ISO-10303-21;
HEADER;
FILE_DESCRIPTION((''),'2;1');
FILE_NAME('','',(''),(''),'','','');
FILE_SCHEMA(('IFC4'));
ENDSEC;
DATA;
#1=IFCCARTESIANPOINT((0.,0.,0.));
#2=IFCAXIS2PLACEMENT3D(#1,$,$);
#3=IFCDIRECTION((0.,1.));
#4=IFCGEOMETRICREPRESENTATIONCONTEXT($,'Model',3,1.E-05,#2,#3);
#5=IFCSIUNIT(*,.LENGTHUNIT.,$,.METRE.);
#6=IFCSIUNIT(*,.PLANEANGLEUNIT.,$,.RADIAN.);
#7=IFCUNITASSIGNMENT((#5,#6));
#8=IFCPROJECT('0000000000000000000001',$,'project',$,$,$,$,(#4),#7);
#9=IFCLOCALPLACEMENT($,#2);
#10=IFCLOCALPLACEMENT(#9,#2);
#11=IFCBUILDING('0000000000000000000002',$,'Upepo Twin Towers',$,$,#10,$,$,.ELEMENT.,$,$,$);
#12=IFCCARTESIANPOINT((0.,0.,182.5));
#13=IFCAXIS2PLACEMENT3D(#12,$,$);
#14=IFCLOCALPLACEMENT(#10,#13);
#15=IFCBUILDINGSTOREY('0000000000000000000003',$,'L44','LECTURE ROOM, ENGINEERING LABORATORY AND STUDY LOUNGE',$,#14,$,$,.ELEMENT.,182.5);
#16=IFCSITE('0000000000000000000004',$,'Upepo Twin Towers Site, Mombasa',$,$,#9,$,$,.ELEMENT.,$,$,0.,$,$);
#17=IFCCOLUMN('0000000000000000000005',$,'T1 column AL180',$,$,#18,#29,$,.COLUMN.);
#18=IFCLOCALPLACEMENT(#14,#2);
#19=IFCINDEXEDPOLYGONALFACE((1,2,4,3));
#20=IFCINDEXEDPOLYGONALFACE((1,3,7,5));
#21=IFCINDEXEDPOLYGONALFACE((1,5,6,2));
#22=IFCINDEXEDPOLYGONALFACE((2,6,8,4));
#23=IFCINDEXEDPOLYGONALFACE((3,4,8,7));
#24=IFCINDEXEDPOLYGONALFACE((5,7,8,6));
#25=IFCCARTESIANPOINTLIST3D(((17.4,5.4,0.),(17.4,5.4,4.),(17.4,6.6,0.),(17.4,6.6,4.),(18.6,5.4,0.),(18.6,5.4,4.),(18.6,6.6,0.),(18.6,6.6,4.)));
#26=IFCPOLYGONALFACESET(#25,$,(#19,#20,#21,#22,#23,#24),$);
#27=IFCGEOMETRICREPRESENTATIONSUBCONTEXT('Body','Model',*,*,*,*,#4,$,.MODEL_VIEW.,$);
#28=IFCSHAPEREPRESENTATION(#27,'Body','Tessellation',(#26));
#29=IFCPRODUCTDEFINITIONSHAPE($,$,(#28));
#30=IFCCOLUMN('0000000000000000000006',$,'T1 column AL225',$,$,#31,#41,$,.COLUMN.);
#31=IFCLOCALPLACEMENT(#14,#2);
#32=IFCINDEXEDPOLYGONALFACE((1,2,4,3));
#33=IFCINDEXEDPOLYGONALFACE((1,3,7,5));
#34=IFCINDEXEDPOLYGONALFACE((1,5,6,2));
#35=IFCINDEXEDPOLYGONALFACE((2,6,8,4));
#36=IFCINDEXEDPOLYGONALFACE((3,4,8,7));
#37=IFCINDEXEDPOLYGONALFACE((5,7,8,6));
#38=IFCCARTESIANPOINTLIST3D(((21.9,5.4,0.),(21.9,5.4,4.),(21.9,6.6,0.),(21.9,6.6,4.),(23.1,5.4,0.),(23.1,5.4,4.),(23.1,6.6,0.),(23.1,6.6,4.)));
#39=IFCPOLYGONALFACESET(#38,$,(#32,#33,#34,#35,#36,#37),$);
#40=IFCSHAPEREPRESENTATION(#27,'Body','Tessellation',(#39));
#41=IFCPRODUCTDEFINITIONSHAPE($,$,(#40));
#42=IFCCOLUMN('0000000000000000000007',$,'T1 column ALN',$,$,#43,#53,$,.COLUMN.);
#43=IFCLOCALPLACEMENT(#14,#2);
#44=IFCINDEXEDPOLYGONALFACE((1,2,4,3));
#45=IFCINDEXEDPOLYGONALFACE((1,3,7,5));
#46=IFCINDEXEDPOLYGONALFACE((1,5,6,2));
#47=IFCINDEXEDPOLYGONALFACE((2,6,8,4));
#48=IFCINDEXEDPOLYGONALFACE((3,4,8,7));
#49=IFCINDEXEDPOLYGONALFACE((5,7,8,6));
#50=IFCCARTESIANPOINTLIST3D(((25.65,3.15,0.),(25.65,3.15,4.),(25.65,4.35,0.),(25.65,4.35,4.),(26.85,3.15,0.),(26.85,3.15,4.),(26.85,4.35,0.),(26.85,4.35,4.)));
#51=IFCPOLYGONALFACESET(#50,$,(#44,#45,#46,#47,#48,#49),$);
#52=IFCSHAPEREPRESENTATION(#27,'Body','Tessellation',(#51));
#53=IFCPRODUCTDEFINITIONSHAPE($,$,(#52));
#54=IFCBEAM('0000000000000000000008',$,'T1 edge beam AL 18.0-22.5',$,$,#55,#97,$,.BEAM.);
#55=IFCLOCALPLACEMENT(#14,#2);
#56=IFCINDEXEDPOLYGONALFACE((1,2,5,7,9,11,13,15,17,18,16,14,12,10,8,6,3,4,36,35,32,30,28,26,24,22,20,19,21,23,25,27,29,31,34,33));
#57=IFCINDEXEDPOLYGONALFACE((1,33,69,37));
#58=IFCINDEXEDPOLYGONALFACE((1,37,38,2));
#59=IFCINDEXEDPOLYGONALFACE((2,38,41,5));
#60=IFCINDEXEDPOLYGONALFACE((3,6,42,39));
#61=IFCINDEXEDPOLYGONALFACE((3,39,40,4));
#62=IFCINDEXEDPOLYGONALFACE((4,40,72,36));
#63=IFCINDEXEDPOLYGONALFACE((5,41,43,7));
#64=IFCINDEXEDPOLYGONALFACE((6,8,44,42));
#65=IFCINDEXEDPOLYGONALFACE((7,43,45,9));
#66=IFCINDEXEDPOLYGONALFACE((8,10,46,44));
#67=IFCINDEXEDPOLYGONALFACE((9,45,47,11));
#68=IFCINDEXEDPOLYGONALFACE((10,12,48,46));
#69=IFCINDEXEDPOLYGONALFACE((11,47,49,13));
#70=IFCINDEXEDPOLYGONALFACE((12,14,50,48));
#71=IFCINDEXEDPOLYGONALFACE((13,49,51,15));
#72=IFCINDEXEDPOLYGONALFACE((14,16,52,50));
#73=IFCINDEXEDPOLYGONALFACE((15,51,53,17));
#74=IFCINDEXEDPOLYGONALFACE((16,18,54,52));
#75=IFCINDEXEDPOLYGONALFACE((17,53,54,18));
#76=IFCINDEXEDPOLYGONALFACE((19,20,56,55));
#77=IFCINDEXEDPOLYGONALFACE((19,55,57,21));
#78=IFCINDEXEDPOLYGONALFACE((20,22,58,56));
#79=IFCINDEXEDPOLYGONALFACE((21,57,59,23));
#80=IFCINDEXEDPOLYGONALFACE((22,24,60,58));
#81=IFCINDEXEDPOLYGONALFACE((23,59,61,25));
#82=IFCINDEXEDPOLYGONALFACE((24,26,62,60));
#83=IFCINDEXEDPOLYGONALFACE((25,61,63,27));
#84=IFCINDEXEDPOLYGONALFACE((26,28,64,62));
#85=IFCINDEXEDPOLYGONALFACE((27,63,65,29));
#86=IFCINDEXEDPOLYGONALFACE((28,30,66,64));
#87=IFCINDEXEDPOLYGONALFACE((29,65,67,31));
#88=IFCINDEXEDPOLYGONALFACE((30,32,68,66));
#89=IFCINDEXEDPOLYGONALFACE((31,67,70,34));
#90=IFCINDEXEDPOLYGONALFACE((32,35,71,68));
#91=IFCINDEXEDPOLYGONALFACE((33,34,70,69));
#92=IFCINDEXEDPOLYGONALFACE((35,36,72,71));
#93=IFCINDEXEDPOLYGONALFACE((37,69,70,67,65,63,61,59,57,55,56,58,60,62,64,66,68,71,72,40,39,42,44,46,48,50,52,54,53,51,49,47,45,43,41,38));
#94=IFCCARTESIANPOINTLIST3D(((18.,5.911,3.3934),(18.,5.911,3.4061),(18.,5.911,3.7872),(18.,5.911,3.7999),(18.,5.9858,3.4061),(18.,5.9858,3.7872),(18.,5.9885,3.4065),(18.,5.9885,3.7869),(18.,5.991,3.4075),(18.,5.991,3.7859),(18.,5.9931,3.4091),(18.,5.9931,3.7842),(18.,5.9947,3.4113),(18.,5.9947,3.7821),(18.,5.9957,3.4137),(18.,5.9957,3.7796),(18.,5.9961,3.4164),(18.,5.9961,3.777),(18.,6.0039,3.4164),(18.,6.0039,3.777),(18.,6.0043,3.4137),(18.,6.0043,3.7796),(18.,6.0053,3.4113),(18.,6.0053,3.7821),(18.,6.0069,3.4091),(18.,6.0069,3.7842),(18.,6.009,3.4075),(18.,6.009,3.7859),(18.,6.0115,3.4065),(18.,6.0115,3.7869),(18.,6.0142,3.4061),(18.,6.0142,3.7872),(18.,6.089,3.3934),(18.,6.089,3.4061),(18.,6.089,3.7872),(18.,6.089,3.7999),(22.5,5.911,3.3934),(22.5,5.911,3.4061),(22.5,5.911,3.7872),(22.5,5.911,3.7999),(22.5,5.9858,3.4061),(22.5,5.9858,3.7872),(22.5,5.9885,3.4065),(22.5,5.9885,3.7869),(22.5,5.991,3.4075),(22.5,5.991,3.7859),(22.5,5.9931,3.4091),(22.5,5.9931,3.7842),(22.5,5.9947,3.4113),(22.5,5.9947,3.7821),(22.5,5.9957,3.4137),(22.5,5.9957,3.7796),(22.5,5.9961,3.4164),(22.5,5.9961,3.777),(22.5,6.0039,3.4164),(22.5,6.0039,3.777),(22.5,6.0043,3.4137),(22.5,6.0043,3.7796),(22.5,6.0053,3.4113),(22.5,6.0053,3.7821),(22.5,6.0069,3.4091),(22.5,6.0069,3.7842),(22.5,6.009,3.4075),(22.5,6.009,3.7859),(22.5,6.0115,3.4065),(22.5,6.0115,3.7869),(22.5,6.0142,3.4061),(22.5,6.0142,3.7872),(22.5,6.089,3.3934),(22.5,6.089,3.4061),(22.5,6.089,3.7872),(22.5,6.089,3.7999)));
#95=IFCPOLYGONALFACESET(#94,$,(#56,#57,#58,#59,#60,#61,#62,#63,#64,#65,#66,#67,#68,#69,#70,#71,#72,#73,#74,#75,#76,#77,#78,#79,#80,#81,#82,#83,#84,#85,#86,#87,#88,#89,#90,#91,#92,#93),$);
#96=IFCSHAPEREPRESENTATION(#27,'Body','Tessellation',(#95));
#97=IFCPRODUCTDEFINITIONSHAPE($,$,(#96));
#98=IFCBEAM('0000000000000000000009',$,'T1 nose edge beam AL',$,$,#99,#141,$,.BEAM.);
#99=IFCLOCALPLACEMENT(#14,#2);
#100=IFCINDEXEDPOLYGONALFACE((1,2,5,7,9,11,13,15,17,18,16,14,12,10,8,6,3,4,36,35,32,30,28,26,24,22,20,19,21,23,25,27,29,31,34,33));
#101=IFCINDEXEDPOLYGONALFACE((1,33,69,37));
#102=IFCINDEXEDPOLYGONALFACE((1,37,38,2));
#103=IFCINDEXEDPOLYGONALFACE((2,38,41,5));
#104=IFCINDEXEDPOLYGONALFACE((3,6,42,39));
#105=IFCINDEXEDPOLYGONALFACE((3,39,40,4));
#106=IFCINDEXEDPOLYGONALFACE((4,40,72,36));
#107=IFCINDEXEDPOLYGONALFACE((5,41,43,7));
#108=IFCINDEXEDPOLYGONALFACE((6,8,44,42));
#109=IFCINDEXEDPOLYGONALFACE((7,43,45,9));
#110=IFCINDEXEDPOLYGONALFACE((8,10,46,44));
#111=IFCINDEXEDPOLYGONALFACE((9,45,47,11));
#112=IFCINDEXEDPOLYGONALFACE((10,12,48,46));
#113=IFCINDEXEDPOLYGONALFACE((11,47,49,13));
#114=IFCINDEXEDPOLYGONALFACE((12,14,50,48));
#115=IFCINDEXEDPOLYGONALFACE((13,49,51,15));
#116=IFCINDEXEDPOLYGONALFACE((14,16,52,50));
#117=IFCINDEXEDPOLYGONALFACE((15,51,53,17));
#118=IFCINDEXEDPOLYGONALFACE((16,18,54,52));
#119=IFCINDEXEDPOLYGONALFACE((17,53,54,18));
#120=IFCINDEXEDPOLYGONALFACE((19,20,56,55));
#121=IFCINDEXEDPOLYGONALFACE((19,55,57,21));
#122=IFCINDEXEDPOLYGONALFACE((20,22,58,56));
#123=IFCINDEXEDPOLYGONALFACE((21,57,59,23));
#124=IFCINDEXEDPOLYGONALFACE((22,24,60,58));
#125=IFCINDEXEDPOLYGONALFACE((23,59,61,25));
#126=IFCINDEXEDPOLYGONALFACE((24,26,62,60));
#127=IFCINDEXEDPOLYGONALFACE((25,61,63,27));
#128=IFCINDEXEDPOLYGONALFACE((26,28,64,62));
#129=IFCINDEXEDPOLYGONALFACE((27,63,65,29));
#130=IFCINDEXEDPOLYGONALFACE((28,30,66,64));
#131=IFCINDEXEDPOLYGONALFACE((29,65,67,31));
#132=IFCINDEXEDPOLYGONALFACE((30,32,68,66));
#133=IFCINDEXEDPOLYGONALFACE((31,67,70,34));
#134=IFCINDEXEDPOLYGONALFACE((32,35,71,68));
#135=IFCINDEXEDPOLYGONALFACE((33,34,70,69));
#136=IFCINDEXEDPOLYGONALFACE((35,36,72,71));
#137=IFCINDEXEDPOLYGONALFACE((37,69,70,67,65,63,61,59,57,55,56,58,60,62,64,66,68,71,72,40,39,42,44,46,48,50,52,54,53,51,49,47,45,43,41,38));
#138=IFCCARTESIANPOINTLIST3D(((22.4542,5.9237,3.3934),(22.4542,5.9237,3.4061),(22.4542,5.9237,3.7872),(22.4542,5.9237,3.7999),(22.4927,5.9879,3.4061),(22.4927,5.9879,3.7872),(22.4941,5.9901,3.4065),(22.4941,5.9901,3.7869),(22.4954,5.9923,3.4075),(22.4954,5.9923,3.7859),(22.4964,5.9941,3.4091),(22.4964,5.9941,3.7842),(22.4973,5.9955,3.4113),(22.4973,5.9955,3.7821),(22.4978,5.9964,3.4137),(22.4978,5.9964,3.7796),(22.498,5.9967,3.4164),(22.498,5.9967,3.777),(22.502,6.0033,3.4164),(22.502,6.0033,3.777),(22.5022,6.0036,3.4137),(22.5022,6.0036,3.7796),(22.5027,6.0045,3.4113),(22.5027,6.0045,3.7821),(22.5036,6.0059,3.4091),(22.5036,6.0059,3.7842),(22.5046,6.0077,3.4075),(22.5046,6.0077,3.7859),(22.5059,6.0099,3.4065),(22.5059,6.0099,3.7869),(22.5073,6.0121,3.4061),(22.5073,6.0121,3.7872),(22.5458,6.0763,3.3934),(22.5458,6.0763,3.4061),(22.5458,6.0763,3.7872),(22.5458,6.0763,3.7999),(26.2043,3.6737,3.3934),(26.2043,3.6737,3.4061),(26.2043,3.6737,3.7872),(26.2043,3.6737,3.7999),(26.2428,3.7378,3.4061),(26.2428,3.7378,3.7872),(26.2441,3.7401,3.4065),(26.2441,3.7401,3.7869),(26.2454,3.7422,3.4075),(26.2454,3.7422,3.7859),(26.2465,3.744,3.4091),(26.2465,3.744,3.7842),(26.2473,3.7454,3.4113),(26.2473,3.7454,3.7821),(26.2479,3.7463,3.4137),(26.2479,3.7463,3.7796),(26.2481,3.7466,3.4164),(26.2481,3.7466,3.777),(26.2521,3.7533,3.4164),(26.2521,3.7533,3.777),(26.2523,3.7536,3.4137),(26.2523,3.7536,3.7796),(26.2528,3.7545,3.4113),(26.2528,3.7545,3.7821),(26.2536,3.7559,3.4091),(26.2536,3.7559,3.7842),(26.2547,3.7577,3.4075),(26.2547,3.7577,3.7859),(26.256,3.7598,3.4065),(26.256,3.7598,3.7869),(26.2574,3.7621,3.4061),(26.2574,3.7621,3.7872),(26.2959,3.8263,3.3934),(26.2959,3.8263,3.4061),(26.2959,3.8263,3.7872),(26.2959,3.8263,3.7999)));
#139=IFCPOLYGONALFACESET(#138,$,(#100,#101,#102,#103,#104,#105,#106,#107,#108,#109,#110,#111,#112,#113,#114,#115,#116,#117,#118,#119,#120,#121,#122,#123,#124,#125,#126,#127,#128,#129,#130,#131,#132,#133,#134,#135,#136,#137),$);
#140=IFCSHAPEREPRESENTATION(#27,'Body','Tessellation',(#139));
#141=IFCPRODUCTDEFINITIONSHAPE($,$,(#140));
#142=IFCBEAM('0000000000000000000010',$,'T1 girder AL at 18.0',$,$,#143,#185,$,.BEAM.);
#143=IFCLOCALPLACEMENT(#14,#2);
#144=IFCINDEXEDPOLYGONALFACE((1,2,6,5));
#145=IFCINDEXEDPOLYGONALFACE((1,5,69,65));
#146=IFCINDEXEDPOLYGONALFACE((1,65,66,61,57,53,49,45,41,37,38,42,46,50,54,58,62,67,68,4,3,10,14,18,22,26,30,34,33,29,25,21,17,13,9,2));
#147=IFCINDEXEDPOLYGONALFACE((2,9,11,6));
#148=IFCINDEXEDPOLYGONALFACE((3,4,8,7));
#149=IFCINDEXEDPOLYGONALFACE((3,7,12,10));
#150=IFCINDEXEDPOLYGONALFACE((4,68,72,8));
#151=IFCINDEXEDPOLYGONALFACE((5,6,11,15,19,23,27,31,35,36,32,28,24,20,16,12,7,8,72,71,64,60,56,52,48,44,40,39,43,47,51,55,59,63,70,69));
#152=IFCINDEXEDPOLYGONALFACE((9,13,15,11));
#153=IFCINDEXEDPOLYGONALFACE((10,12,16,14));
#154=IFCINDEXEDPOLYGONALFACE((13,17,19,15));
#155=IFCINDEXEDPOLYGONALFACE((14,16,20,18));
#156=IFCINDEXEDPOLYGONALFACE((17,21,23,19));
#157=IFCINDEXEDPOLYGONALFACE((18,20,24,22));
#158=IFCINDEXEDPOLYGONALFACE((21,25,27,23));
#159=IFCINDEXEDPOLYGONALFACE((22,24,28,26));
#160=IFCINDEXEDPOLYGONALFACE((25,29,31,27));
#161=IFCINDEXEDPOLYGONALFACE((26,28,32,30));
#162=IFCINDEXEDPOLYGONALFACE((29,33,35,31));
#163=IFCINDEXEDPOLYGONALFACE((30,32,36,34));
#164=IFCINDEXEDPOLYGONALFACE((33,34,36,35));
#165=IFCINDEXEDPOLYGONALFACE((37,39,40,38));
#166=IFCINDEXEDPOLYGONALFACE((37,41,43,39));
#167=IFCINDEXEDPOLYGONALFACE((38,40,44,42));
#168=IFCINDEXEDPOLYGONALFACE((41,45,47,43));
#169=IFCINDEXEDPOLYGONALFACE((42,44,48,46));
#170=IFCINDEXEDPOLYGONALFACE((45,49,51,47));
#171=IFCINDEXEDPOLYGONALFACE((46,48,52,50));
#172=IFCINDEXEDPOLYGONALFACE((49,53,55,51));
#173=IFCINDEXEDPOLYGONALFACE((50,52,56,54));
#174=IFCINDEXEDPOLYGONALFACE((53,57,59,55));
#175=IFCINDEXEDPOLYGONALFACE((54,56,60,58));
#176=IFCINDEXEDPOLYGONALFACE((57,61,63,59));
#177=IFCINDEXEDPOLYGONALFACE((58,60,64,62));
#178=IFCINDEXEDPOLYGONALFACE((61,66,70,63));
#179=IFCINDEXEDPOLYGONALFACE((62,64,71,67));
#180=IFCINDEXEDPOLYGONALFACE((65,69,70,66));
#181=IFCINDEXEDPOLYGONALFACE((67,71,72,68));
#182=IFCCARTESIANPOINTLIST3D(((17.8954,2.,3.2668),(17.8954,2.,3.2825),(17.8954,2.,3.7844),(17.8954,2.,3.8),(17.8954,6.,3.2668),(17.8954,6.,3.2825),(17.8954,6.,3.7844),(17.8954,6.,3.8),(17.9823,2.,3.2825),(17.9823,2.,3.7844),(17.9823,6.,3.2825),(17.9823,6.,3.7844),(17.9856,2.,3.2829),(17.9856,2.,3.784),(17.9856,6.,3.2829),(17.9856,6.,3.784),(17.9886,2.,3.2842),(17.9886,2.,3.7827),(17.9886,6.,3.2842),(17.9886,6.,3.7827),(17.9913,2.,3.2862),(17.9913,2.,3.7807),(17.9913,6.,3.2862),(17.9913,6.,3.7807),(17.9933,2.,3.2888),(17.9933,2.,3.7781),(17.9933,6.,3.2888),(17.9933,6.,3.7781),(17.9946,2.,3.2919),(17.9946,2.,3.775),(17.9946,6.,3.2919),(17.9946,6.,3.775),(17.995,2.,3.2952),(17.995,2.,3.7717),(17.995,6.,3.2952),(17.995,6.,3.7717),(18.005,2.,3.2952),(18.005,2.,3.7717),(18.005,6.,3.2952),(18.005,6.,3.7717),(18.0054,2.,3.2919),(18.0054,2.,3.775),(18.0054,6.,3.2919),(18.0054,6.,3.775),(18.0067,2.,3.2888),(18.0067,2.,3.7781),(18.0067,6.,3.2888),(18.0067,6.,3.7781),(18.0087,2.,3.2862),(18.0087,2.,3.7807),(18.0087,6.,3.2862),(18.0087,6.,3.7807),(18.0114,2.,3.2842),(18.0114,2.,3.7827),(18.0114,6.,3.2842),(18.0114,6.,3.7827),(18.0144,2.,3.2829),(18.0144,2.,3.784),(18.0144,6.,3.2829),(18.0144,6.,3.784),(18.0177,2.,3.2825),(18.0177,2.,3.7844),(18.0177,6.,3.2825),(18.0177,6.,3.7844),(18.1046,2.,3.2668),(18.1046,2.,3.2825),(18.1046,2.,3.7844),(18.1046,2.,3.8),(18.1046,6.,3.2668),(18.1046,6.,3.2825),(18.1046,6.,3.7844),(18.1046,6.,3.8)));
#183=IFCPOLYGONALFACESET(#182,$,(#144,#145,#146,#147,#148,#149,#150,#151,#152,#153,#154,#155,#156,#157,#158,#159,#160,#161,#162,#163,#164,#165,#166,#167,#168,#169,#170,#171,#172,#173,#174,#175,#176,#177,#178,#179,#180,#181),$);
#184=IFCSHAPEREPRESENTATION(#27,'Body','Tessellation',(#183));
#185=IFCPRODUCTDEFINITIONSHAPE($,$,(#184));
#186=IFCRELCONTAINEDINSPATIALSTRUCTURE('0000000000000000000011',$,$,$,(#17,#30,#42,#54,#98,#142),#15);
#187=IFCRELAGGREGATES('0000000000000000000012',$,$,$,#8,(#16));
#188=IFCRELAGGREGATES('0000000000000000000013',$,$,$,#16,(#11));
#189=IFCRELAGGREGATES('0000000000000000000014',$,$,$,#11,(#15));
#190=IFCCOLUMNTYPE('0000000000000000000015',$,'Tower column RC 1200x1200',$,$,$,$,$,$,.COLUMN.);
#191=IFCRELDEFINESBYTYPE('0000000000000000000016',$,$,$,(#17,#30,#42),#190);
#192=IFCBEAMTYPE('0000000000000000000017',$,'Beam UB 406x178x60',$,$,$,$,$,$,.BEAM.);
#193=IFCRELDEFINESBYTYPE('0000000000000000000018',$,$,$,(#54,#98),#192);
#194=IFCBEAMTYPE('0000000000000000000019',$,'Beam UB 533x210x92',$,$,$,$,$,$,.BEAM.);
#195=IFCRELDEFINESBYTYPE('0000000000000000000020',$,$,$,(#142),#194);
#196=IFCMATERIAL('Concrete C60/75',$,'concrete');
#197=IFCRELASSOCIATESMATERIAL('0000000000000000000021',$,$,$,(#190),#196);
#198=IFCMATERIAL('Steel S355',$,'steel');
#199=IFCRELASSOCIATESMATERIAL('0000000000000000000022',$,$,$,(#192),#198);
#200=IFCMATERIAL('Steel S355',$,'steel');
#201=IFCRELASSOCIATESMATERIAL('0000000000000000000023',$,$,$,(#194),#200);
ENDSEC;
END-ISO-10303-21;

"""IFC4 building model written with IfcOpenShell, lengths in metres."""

from ifc_helpers import new_model, si_unit, direction, frame, origin, origin_2d, place, context, subcontext, project, spatial, rectangle, i_section, extrude, material, material_profile, profile_set, type_object, element, save


model = new_model("IFC4")

# Units and contexts
model_context = context("Model", 3, precision=1e-05, world=origin(), true_north=direction((0.0, 1.0)))
body_context = subcontext(model_context, "Body", "Model", "MODEL_VIEW")
ifc_project = project(units=[si_unit("LENGTHUNIT", "METRE"), si_unit("PLANEANGLEUNIT", "RADIAN")], contexts=[model_context])

# Site, building, storey
site_placement = place(None, origin())
site = spatial("IfcSite", under=ifc_project, at=site_placement, Name="Upepo Twin Towers Site, Mombasa", CompositionType="ELEMENT", RefElevation=0.0)
building_placement = place(site_placement, origin())
building = spatial("IfcBuilding", under=site, at=building_placement, Name="Upepo Twin Towers", CompositionType="ELEMENT")
storey_placement = place(building_placement, frame((0.0, 0.0, 182.5)))
storey = spatial("IfcBuildingStorey", under=building, at=storey_placement, Name="L44", Description="LECTURE ROOM, ENGINEERING LABORATORY AND STUDY LOUNGE", CompositionType="ELEMENT", Elevation=182.5)

# Columns
ifc_material_1 = material(Name="Concrete C60/75", Category="concrete")
ifc_material_profile_1 = material_profile(ifc_material_1, rectangle(XDim=1.2, YDim=1.2, at=origin_2d()), Name="RC 1200x1200")
ifc_profile_set_1 = profile_set([ifc_material_profile_1], Name="Concrete C60/75")
column_type = type_object("IfcColumnType", Name="Tower column RC 1200x1200", PredefinedType="COLUMN", material=ifc_profile_set_1)
for number, where, z_axis, x_axis, name in (
    (1, (18.0, 6.0, 0.0), (0.0, 0.0, 1.0), (1.0, 0.0, 0.0), "T1 column AL180"),
    (2, (22.5, 6.0, 0.0), (0.0, 0.0, 1.0), (1.0, 0.0, 0.0), "T1 column AL225"),
    (3, (26.25, 3.75, 0.0), (0.0, 0.0, 1.0), (1.0, 0.0, 0.0), "T1 column ALN"),
):
    element("IfcColumn", number, at=place(storey_placement, frame(where, z_axis=z_axis, x_axis=x_axis)), inside=storey, type_object=column_type, Name=name, PredefinedType="COLUMN", context=body_context, shape_type="SweptSolid", body=[
        extrude(rectangle(XDim=1.2, YDim=1.2, at=origin_2d()), origin(), (0.0, 0.0, 1.0), 4.0),
    ])

# Beams
ifc_material_2 = material(Name="Steel S355", Category="steel")
ifc_material_profile_2 = material_profile(ifc_material_2, i_section(OverallWidth=0.178, OverallDepth=0.4065, WebThickness=0.0078, FlangeThickness=0.0127, FilletRadius=0.0103, at=origin_2d()), Name="UB 406x178x60")
ifc_profile_set_2 = profile_set([ifc_material_profile_2], Name="Steel S355")
beam_type_1 = type_object("IfcBeamType", Name="Beam UB 406x178x60", PredefinedType="BEAM", material=ifc_profile_set_2)
beam_1_placement = place(storey_placement, frame((18.0, 6.0, 3.5967), z_axis=(1.0, 0.0, 0.0), x_axis=(0.0, 1.0, 0.0)))
element("IfcBeam", 4, at=beam_1_placement, inside=storey, type_object=beam_type_1, Name="T1 edge beam AL 18.0-22.5", PredefinedType="BEAM", context=body_context, shape_type="SweptSolid", body=[
    extrude(i_section(OverallWidth=0.178, OverallDepth=0.4065, WebThickness=0.0078, FlangeThickness=0.0127, FilletRadius=0.0103, at=origin_2d()), origin(), (0.0, 0.0, 1.0), 4.5),
])
beam_2_placement = place(storey_placement, frame((22.5, 6.0, 3.5967), z_axis=(0.857493, -0.514496, 0.0), x_axis=(0.514496, 0.857493, 0.0)))
element("IfcBeam", 5, at=beam_2_placement, inside=storey, type_object=beam_type_1, Name="T1 nose edge beam AL", PredefinedType="BEAM", context=body_context, shape_type="SweptSolid", body=[
    extrude(i_section(OverallWidth=0.178, OverallDepth=0.4065, WebThickness=0.0078, FlangeThickness=0.0127, FilletRadius=0.0103, at=origin_2d()), origin(), (0.0, 0.0, 1.0), 4.3733),
])
ifc_material_3 = material(Name="Steel S355", Category="steel")
ifc_material_profile_3 = material_profile(ifc_material_3, i_section(OverallWidth=0.2092, OverallDepth=0.5332, WebThickness=0.01, FlangeThickness=0.0156, FilletRadius=0.0127, at=origin_2d()), Name="UB 533x210x92")
ifc_profile_set_3 = profile_set([ifc_material_profile_3], Name="Steel S355")
beam_type_2 = type_object("IfcBeamType", Name="Beam UB 533x210x92", PredefinedType="BEAM", material=ifc_profile_set_3)
for number, where, z_axis, x_axis, name in (
    (6, (18.0, 6.0, 3.5334), (0.0, -1.0, 0.0), (1.0, 0.0, 0.0), "T1 girder AL at 18.0"),
):
    element("IfcBeam", number, at=place(storey_placement, frame(where, z_axis=z_axis, x_axis=x_axis)), inside=storey, type_object=beam_type_2, Name=name, PredefinedType="BEAM", context=body_context, shape_type="SweptSolid", body=[
        extrude(i_section(OverallWidth=0.2092, OverallDepth=0.5332, WebThickness=0.01, FlangeThickness=0.0156, FilletRadius=0.0127, at=origin_2d()), origin(), (0.0, 0.0, 1.0), 4.0),
    ])

save(model, "model.ifc")
